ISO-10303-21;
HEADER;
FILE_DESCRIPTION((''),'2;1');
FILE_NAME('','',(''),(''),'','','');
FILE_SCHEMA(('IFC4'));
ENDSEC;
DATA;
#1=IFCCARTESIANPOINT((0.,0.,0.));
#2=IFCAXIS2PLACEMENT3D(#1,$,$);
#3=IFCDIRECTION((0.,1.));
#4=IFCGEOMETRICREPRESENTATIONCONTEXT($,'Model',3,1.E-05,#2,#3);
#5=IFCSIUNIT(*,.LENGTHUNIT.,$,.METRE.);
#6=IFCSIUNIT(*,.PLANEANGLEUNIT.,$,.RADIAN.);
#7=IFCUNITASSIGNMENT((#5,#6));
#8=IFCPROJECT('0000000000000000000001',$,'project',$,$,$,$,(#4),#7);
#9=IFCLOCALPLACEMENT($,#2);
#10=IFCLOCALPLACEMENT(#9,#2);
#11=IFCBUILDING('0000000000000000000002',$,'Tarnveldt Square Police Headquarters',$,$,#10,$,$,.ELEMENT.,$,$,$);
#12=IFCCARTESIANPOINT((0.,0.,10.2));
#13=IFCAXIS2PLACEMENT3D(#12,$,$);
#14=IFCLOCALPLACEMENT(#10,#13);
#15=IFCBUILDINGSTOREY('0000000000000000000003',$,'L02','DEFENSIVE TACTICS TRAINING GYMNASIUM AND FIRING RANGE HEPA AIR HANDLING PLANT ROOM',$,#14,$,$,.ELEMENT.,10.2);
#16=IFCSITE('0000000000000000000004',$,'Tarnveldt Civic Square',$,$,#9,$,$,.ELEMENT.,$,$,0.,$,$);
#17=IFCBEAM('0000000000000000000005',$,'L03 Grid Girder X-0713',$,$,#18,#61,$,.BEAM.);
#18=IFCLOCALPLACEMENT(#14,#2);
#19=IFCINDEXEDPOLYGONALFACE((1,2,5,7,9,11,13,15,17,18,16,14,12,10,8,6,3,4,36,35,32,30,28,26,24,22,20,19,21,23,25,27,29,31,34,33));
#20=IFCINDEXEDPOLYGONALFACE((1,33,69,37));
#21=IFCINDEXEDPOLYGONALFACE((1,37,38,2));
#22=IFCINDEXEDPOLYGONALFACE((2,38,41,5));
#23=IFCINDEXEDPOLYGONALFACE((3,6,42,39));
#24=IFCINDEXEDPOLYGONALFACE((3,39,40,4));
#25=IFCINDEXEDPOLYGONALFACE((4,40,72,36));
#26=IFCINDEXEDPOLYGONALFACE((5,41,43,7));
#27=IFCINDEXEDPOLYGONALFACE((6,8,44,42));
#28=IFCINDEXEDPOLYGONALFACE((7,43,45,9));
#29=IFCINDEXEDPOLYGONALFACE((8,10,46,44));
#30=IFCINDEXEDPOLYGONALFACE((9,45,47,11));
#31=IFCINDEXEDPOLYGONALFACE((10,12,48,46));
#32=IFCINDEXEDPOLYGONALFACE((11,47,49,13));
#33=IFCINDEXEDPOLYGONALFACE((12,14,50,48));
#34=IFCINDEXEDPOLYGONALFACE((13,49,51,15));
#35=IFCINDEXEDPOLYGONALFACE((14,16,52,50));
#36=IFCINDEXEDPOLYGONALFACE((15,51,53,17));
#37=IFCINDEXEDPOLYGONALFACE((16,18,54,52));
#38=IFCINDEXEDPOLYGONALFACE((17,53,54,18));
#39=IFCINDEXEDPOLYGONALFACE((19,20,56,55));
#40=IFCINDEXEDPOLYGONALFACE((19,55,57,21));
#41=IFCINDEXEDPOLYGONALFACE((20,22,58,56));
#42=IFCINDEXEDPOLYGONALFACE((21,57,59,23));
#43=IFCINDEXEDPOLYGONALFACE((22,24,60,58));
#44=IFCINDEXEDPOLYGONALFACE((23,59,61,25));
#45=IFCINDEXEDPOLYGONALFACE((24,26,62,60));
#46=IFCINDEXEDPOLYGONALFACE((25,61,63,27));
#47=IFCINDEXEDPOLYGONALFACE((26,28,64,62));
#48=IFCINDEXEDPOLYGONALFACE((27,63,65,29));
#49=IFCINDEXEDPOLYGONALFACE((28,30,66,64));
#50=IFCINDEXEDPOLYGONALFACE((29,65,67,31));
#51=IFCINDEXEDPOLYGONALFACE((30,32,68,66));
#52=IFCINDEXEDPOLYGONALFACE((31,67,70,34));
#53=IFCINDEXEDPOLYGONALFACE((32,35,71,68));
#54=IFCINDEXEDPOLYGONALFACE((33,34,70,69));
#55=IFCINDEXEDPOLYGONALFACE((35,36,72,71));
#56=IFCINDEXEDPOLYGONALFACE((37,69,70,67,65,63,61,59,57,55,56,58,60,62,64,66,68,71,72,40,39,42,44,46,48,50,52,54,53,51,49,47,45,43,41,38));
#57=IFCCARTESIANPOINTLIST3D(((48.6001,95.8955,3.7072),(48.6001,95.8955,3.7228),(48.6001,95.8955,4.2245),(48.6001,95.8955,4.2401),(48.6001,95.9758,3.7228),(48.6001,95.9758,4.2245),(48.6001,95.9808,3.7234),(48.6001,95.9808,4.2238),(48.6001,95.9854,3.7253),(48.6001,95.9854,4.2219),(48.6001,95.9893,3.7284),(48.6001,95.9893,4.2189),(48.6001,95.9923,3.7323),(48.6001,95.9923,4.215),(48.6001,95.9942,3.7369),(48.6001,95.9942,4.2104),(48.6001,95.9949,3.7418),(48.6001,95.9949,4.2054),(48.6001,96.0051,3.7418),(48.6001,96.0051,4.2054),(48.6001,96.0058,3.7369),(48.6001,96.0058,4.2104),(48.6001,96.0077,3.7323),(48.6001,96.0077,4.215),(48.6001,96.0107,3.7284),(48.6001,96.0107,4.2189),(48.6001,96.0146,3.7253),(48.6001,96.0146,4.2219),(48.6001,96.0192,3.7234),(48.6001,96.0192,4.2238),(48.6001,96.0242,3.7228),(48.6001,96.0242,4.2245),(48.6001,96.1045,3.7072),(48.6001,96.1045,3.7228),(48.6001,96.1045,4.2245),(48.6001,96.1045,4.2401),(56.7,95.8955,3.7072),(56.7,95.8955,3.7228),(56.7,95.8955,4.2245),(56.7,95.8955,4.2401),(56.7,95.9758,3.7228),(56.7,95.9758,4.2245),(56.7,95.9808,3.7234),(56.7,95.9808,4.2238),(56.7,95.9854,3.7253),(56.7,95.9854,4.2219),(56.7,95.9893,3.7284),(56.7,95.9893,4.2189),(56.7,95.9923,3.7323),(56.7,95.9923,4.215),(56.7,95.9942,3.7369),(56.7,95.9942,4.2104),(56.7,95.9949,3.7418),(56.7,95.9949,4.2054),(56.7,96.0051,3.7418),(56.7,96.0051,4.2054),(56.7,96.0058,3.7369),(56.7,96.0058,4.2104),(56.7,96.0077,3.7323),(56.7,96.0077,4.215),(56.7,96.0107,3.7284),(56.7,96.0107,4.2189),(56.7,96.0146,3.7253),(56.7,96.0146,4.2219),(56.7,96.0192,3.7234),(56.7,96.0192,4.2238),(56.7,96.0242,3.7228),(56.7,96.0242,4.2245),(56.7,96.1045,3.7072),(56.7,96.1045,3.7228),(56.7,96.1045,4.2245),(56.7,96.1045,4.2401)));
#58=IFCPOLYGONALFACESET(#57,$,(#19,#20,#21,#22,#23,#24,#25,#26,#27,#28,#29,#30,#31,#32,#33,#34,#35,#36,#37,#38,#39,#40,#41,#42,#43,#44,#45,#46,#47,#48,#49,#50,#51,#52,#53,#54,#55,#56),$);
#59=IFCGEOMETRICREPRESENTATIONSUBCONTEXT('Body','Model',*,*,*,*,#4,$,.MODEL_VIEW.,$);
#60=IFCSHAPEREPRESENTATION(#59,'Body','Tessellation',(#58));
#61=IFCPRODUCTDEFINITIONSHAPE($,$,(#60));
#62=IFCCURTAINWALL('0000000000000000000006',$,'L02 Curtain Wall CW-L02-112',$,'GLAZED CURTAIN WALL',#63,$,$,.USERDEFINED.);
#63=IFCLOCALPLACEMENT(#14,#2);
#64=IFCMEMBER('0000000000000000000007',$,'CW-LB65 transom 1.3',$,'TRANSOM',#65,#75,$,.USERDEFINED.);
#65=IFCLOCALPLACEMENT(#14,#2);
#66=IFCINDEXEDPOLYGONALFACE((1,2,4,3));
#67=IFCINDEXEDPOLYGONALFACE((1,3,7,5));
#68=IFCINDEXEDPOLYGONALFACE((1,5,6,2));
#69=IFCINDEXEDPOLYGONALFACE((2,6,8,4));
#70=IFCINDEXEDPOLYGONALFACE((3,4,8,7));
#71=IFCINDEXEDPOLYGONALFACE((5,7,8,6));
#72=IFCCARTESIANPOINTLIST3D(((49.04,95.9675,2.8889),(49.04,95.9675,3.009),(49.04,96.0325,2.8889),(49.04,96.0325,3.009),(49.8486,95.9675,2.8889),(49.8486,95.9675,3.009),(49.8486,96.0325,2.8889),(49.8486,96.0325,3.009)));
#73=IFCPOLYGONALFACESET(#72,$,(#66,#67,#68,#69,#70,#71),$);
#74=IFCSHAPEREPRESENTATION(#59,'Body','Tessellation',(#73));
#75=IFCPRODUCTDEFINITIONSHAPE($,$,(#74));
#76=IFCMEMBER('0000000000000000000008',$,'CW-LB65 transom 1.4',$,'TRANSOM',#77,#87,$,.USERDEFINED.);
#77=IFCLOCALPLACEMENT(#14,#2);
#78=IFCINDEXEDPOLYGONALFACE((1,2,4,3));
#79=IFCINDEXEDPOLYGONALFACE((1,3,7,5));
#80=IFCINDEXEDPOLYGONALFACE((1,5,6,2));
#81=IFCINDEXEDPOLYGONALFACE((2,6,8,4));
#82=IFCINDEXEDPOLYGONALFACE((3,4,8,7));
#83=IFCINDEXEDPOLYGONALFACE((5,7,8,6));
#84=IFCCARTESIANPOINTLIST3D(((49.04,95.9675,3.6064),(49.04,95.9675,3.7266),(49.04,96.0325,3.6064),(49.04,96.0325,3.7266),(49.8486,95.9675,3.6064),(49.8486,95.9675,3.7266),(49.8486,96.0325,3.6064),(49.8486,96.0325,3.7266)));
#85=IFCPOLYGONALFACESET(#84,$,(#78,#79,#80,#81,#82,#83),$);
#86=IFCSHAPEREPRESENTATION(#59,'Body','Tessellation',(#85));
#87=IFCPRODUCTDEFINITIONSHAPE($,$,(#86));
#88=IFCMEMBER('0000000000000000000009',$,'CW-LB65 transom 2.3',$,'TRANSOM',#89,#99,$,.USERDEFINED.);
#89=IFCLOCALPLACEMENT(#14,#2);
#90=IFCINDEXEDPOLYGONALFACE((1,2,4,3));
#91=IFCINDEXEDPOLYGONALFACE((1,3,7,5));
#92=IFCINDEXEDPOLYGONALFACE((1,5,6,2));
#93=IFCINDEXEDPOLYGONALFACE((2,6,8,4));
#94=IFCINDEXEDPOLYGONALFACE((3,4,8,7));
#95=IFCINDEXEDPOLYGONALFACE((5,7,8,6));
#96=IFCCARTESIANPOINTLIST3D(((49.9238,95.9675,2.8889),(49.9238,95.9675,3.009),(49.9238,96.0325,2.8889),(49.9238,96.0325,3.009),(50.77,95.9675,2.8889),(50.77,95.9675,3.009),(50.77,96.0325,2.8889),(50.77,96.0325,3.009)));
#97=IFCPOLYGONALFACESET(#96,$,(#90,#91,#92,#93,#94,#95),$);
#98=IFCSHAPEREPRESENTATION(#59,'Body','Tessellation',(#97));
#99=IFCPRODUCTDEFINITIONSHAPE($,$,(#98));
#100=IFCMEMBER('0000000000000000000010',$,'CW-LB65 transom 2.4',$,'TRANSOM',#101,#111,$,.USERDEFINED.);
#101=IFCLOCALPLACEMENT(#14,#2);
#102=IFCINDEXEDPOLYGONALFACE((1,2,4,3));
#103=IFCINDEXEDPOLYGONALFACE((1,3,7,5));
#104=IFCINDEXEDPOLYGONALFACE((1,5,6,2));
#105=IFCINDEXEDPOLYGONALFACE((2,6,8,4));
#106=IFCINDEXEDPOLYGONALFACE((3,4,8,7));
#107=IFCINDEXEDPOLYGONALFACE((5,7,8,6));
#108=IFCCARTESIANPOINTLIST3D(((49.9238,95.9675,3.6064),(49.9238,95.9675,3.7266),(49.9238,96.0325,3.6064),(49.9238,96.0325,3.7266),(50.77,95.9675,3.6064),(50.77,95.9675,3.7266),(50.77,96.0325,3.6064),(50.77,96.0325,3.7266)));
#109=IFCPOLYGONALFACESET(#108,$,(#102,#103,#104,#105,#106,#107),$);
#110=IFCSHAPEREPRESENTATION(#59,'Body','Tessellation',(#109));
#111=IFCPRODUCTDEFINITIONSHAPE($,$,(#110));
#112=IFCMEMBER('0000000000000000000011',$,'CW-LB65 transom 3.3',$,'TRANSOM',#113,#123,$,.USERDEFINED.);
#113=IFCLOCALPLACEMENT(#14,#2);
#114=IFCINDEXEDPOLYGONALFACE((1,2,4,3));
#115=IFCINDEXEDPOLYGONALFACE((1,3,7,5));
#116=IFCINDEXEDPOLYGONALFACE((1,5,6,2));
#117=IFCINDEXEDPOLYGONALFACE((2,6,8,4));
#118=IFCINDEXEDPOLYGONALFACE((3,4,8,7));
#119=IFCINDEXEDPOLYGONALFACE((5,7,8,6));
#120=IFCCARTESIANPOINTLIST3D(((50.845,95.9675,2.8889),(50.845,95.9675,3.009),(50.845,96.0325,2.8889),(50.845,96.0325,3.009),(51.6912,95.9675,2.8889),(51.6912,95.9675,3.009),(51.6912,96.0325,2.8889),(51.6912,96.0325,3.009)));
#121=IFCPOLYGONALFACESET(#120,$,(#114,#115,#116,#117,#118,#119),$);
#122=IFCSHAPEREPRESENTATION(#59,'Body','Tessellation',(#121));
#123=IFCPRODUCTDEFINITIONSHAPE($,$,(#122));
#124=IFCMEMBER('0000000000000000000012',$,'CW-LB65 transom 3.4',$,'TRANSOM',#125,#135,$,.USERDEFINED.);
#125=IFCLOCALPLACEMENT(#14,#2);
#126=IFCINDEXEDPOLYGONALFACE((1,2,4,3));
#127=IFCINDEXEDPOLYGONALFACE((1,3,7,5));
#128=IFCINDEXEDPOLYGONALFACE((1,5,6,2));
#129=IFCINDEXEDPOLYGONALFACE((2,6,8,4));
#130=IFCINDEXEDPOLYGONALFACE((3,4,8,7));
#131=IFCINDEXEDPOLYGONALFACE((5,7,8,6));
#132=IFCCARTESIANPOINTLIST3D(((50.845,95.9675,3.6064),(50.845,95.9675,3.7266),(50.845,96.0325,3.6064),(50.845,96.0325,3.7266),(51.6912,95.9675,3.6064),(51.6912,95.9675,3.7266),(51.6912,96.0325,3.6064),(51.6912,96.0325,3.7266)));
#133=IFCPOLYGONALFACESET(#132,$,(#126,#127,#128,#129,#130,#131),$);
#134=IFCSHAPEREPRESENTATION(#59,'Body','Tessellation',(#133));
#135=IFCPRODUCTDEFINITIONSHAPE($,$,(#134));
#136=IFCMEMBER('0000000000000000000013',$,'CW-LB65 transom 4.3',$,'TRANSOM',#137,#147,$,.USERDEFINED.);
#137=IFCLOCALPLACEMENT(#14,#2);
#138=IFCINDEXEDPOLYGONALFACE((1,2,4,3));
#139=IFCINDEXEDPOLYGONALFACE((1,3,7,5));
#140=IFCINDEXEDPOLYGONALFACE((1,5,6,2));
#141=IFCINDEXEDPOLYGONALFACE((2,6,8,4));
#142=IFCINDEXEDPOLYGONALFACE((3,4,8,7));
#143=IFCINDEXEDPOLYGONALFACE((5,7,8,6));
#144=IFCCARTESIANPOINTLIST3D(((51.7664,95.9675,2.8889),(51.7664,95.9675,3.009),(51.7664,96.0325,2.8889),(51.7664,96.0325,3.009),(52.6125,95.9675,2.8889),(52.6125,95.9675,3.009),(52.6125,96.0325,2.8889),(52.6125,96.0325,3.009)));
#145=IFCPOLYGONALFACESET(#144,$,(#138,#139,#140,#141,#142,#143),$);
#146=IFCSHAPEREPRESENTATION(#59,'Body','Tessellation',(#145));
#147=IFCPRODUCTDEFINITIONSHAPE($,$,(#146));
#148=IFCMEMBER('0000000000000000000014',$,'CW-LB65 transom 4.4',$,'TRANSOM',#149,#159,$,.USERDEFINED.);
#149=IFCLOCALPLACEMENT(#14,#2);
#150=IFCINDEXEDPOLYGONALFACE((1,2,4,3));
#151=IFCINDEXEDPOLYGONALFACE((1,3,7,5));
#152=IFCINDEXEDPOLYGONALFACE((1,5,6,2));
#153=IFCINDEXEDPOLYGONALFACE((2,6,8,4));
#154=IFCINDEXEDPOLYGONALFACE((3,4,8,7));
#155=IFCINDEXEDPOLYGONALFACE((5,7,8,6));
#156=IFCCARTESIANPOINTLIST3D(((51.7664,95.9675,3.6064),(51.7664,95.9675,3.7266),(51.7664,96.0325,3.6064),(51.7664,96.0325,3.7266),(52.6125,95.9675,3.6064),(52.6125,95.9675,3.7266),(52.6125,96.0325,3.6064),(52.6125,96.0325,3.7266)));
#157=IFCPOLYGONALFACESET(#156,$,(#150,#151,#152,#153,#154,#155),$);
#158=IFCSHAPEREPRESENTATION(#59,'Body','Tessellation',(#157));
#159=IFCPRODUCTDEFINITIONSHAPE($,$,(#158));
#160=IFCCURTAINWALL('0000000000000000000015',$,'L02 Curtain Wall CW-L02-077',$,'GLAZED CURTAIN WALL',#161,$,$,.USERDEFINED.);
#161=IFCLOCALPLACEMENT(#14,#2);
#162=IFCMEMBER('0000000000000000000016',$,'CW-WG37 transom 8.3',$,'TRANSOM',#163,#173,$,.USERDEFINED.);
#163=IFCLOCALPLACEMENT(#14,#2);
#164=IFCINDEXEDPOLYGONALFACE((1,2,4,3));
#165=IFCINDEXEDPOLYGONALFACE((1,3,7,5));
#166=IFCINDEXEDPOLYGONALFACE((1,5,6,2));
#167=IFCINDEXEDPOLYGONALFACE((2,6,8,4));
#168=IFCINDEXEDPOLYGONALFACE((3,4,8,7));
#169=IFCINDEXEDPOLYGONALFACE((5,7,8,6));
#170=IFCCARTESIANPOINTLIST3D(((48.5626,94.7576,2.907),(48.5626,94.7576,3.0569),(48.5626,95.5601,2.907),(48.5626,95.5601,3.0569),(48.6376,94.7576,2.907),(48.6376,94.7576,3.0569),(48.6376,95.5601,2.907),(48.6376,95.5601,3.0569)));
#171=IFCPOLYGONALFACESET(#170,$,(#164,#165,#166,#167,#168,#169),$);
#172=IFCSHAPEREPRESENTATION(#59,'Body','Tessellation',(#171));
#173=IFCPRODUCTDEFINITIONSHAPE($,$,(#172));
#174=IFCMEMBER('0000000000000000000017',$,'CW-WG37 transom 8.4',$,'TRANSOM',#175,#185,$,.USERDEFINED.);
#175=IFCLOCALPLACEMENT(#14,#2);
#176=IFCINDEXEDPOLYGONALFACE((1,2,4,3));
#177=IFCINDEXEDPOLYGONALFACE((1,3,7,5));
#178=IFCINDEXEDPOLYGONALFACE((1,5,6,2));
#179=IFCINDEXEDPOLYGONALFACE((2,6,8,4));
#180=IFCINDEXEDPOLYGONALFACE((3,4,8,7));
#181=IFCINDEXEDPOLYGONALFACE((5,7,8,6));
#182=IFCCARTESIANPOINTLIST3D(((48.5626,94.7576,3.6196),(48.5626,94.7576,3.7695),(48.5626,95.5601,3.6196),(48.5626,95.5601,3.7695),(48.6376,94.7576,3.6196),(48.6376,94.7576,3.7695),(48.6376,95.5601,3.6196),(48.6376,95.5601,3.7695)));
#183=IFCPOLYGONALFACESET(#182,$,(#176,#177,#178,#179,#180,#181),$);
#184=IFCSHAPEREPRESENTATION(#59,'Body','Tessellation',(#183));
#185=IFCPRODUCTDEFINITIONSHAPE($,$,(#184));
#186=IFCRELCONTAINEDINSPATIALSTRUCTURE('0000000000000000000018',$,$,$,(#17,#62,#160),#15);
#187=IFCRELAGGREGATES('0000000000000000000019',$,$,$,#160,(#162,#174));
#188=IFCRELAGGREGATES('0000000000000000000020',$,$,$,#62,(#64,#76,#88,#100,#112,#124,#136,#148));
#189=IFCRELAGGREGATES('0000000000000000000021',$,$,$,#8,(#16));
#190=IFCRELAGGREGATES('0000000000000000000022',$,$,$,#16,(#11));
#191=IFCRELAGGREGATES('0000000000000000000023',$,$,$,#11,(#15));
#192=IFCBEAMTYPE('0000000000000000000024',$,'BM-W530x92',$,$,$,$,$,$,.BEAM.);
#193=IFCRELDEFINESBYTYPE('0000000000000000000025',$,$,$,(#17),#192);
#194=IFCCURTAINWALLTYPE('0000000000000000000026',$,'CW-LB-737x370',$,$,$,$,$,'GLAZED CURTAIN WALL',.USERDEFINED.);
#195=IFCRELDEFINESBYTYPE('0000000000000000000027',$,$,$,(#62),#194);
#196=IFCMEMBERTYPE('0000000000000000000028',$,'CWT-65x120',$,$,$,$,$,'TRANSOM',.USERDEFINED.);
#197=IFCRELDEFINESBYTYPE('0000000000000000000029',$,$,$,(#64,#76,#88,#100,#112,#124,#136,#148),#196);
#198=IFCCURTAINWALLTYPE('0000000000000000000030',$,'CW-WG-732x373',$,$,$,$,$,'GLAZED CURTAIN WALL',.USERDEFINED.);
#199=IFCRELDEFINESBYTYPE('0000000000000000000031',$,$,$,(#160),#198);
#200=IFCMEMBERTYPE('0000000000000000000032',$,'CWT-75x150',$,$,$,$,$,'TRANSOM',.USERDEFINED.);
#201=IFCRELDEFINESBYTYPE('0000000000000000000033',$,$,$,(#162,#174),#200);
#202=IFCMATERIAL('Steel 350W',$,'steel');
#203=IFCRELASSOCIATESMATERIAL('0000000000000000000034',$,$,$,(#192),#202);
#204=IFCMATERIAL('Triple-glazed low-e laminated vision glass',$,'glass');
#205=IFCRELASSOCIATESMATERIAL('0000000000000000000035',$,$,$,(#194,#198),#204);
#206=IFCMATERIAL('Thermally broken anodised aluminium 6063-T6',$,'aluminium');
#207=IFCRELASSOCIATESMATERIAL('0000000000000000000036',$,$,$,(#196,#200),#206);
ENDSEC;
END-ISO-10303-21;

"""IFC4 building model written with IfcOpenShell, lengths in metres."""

from ifc_helpers import new_model, si_unit, direction, frame, origin, origin_2d, place, context, subcontext, project, spatial, rectangle, i_section, extrude, material, material_profile, profile_set, type_object, element, aggregate, save


model = new_model("IFC4")

# Units and contexts
model_context = context("Model", 3, precision=1e-05, world=origin(), true_north=direction((0.0, 1.0)))
body_context = subcontext(model_context, "Body", "Model", "MODEL_VIEW")
ifc_project = project(units=[si_unit("LENGTHUNIT", "METRE"), si_unit("PLANEANGLEUNIT", "RADIAN")], contexts=[model_context])

# Site, building, storey
site_placement = place(None, origin())
site = spatial("IfcSite", under=ifc_project, at=site_placement, Name="Tarnveldt Civic Square", CompositionType="ELEMENT", RefElevation=0.0)
building_placement = place(site_placement, origin())
building = spatial("IfcBuilding", under=site, at=building_placement, Name="Tarnveldt Square Police Headquarters", CompositionType="ELEMENT")
storey_placement = place(building_placement, frame((0.0, 0.0, 10.2)))
storey = spatial("IfcBuildingStorey", under=building, at=storey_placement, Name="L02", Description="DEFENSIVE TACTICS TRAINING GYMNASIUM AND FIRING RANGE HEPA AIR HANDLING PLANT ROOM", CompositionType="ELEMENT", Elevation=10.2)

# Beam
ifc_material_1 = material(Name="Steel 350W", Category="steel")
ifc_material_profile_1 = material_profile(ifc_material_1, i_section(OverallWidth=0.209, OverallDepth=0.533, WebThickness=0.0103, FlangeThickness=0.0156, FilletRadius=0.019, at=origin_2d()), Name="W530x92")
ifc_profile_set_1 = profile_set([ifc_material_profile_1], Name="Steel 350W")
beam_type = type_object("IfcBeamType", Name="BM-W530x92", PredefinedType="BEAM", material=ifc_profile_set_1)
beam_placement = place(storey_placement, frame((48.6001, 96.0, 3.9736), z_axis=(1.0, 0.0, 0.0), x_axis=(0.0, 1.0, 0.0)))
element("IfcBeam", 1, at=beam_placement, inside=storey, type_object=beam_type, Name="L03 Grid Girder X-0713", PredefinedType="BEAM", context=body_context, shape_type="SweptSolid", body=[
    extrude(i_section(OverallWidth=0.209, OverallDepth=0.533, WebThickness=0.0103, FlangeThickness=0.0156, FilletRadius=0.019, at=origin_2d()), origin(), (0.0, 0.0, 1.0), 8.0999),
])

# Curtain wall, members
ifc_material_2 = material(Name="Triple-glazed low-e laminated vision glass", Category="glass")
curtain_wall_type_1 = type_object("IfcCurtainWallType", Name="CW-LB-737x370", ElementType="GLAZED CURTAIN WALL", PredefinedType="USERDEFINED", material=ifc_material_2)
curtain_wall_1_placement = place(storey_placement, origin())
curtain_wall_1 = element("IfcCurtainWall", 2, at=curtain_wall_1_placement, inside=storey, type_object=curtain_wall_type_1, Name="L02 Curtain Wall CW-L02-112", ObjectType="GLAZED CURTAIN WALL", PredefinedType="USERDEFINED")
ifc_material_3 = material(Name="Thermally broken anodised aluminium 6063-T6", Category="aluminium")
ifc_material_profile_2 = material_profile(ifc_material_3, rectangle(XDim=0.0649, YDim=0.1201, at=origin_2d()), Name="CW-T65x120")
ifc_profile_set_2 = profile_set([ifc_material_profile_2], Name="Thermally broken anodised aluminium 6063-T6")
member_type_1 = type_object("IfcMemberType", Name="CWT-65x120", ElementType="TRANSOM", PredefinedType="USERDEFINED", material=ifc_profile_set_2)
member_1_placement = place(storey_placement, frame((49.04, 96.0, 2.949), z_axis=(1.0, 0.0, 0.0), x_axis=(0.0, 1.0, 0.0)))
member_1 = element("IfcMember", 3, at=member_1_placement, type_object=member_type_1, Name="CW-LB65 transom 1.3", ObjectType="TRANSOM", PredefinedType="USERDEFINED", context=body_context, shape_type="SweptSolid", body=[
    extrude(rectangle(XDim=0.0649, YDim=0.1201, at=origin_2d()), origin(), (0.0, 0.0, 1.0), 0.8086),
])
member_2_placement = place(storey_placement, frame((49.04, 96.0, 3.6665), z_axis=(1.0, 0.0, 0.0), x_axis=(0.0, 1.0, 0.0)))
member_2 = element("IfcMember", 4, at=member_2_placement, type_object=member_type_1, Name="CW-LB65 transom 1.4", ObjectType="TRANSOM", PredefinedType="USERDEFINED", context=body_context, shape_type="SweptSolid", body=[
    extrude(rectangle(XDim=0.0649, YDim=0.1201, at=origin_2d()), origin(), (0.0, 0.0, 1.0), 0.8086),
])
member_3_placement = place(storey_placement, frame((49.9238, 96.0, 2.949), z_axis=(1.0, 0.0, 0.0), x_axis=(0.0, 1.0, 0.0)))
member_3 = element("IfcMember", 5, at=member_3_placement, type_object=member_type_1, Name="CW-LB65 transom 2.3", ObjectType="TRANSOM", PredefinedType="USERDEFINED", context=body_context, shape_type="SweptSolid", body=[
    extrude(rectangle(XDim=0.0649, YDim=0.1201, at=origin_2d()), origin(), (0.0, 0.0, 1.0), 0.8462),
])
member_4_placement = place(storey_placement, frame((49.9238, 96.0, 3.6665), z_axis=(1.0, 0.0, 0.0), x_axis=(0.0, 1.0, 0.0)))
member_4 = element("IfcMember", 6, at=member_4_placement, type_object=member_type_1, Name="CW-LB65 transom 2.4", ObjectType="TRANSOM", PredefinedType="USERDEFINED", context=body_context, shape_type="SweptSolid", body=[
    extrude(rectangle(XDim=0.0649, YDim=0.1201, at=origin_2d()), origin(), (0.0, 0.0, 1.0), 0.8462),
])
member_5_placement = place(storey_placement, frame((50.845, 96.0, 2.949), z_axis=(1.0, 0.0, 0.0), x_axis=(0.0, 1.0, 0.0)))
member_5 = element("IfcMember", 7, at=member_5_placement, type_object=member_type_1, Name="CW-LB65 transom 3.3", ObjectType="TRANSOM", PredefinedType="USERDEFINED", context=body_context, shape_type="SweptSolid", body=[
    extrude(rectangle(XDim=0.0649, YDim=0.1201, at=origin_2d()), origin(), (0.0, 0.0, 1.0), 0.8462),
])
member_6_placement = place(storey_placement, frame((50.845, 96.0, 3.6665), z_axis=(1.0, 0.0, 0.0), x_axis=(0.0, 1.0, 0.0)))
member_6 = element("IfcMember", 8, at=member_6_placement, type_object=member_type_1, Name="CW-LB65 transom 3.4", ObjectType="TRANSOM", PredefinedType="USERDEFINED", context=body_context, shape_type="SweptSolid", body=[
    extrude(rectangle(XDim=0.0649, YDim=0.1201, at=origin_2d()), origin(), (0.0, 0.0, 1.0), 0.8462),
])
member_7_placement = place(storey_placement, frame((51.7664, 96.0, 2.949), z_axis=(1.0, 0.0, 0.0), x_axis=(0.0, 1.0, 0.0)))
member_7 = element("IfcMember", 9, at=member_7_placement, type_object=member_type_1, Name="CW-LB65 transom 4.3", ObjectType="TRANSOM", PredefinedType="USERDEFINED", context=body_context, shape_type="SweptSolid", body=[
    extrude(rectangle(XDim=0.0649, YDim=0.1201, at=origin_2d()), origin(), (0.0, 0.0, 1.0), 0.8462),
])
member_8_placement = place(storey_placement, frame((51.7664, 96.0, 3.6665), z_axis=(1.0, 0.0, 0.0), x_axis=(0.0, 1.0, 0.0)))
member_8 = element("IfcMember", 10, at=member_8_placement, type_object=member_type_1, Name="CW-LB65 transom 4.4", ObjectType="TRANSOM", PredefinedType="USERDEFINED", context=body_context, shape_type="SweptSolid", body=[
    extrude(rectangle(XDim=0.0649, YDim=0.1201, at=origin_2d()), origin(), (0.0, 0.0, 1.0), 0.8462),
])

# Curtain wall, members
curtain_wall_type_2 = type_object("IfcCurtainWallType", Name="CW-WG-732x373", ElementType="GLAZED CURTAIN WALL", PredefinedType="USERDEFINED", material=ifc_material_2)
curtain_wall_2_placement = place(storey_placement, origin())
curtain_wall_2 = element("IfcCurtainWall", 11, at=curtain_wall_2_placement, inside=storey, type_object=curtain_wall_type_2, Name="L02 Curtain Wall CW-L02-077", ObjectType="GLAZED CURTAIN WALL", PredefinedType="USERDEFINED")
ifc_material_profile_3 = material_profile(ifc_material_3, rectangle(XDim=0.075, YDim=0.1499, at=origin_2d()), Name="CW-T75x150")
ifc_profile_set_3 = profile_set([ifc_material_profile_3], Name="Thermally broken anodised aluminium 6063-T6")
member_type_2 = type_object("IfcMemberType", Name="CWT-75x150", ElementType="TRANSOM", PredefinedType="USERDEFINED", material=ifc_profile_set_3)
member_9_placement = place(storey_placement, frame((48.6001, 94.7576, 2.9819), z_axis=(0.0, 1.0, 0.0), x_axis=(-1.0, 0.0, 0.0)))
member_9 = element("IfcMember", 12, at=member_9_placement, type_object=member_type_2, Name="CW-WG37 transom 8.3", ObjectType="TRANSOM", PredefinedType="USERDEFINED", context=body_context, shape_type="SweptSolid", body=[
    extrude(rectangle(XDim=0.075, YDim=0.1499, at=origin_2d()), origin(), (0.0, 0.0, 1.0), 0.8025),
])
member_10_placement = place(storey_placement, frame((48.6001, 94.7576, 3.6946), z_axis=(0.0, 1.0, 0.0), x_axis=(-1.0, 0.0, 0.0)))
member_10 = element("IfcMember", 13, at=member_10_placement, type_object=member_type_2, Name="CW-WG37 transom 8.4", ObjectType="TRANSOM", PredefinedType="USERDEFINED", context=body_context, shape_type="SweptSolid", body=[
    extrude(rectangle(XDim=0.075, YDim=0.1499, at=origin_2d()), origin(), (0.0, 0.0, 1.0), 0.8025),
])
aggregate(curtain_wall_2, [member_9, member_10])

aggregate(curtain_wall_1, [member_1, member_2, member_3, member_4, member_5, member_6, member_7, member_8])

save(model, "model.ifc")
